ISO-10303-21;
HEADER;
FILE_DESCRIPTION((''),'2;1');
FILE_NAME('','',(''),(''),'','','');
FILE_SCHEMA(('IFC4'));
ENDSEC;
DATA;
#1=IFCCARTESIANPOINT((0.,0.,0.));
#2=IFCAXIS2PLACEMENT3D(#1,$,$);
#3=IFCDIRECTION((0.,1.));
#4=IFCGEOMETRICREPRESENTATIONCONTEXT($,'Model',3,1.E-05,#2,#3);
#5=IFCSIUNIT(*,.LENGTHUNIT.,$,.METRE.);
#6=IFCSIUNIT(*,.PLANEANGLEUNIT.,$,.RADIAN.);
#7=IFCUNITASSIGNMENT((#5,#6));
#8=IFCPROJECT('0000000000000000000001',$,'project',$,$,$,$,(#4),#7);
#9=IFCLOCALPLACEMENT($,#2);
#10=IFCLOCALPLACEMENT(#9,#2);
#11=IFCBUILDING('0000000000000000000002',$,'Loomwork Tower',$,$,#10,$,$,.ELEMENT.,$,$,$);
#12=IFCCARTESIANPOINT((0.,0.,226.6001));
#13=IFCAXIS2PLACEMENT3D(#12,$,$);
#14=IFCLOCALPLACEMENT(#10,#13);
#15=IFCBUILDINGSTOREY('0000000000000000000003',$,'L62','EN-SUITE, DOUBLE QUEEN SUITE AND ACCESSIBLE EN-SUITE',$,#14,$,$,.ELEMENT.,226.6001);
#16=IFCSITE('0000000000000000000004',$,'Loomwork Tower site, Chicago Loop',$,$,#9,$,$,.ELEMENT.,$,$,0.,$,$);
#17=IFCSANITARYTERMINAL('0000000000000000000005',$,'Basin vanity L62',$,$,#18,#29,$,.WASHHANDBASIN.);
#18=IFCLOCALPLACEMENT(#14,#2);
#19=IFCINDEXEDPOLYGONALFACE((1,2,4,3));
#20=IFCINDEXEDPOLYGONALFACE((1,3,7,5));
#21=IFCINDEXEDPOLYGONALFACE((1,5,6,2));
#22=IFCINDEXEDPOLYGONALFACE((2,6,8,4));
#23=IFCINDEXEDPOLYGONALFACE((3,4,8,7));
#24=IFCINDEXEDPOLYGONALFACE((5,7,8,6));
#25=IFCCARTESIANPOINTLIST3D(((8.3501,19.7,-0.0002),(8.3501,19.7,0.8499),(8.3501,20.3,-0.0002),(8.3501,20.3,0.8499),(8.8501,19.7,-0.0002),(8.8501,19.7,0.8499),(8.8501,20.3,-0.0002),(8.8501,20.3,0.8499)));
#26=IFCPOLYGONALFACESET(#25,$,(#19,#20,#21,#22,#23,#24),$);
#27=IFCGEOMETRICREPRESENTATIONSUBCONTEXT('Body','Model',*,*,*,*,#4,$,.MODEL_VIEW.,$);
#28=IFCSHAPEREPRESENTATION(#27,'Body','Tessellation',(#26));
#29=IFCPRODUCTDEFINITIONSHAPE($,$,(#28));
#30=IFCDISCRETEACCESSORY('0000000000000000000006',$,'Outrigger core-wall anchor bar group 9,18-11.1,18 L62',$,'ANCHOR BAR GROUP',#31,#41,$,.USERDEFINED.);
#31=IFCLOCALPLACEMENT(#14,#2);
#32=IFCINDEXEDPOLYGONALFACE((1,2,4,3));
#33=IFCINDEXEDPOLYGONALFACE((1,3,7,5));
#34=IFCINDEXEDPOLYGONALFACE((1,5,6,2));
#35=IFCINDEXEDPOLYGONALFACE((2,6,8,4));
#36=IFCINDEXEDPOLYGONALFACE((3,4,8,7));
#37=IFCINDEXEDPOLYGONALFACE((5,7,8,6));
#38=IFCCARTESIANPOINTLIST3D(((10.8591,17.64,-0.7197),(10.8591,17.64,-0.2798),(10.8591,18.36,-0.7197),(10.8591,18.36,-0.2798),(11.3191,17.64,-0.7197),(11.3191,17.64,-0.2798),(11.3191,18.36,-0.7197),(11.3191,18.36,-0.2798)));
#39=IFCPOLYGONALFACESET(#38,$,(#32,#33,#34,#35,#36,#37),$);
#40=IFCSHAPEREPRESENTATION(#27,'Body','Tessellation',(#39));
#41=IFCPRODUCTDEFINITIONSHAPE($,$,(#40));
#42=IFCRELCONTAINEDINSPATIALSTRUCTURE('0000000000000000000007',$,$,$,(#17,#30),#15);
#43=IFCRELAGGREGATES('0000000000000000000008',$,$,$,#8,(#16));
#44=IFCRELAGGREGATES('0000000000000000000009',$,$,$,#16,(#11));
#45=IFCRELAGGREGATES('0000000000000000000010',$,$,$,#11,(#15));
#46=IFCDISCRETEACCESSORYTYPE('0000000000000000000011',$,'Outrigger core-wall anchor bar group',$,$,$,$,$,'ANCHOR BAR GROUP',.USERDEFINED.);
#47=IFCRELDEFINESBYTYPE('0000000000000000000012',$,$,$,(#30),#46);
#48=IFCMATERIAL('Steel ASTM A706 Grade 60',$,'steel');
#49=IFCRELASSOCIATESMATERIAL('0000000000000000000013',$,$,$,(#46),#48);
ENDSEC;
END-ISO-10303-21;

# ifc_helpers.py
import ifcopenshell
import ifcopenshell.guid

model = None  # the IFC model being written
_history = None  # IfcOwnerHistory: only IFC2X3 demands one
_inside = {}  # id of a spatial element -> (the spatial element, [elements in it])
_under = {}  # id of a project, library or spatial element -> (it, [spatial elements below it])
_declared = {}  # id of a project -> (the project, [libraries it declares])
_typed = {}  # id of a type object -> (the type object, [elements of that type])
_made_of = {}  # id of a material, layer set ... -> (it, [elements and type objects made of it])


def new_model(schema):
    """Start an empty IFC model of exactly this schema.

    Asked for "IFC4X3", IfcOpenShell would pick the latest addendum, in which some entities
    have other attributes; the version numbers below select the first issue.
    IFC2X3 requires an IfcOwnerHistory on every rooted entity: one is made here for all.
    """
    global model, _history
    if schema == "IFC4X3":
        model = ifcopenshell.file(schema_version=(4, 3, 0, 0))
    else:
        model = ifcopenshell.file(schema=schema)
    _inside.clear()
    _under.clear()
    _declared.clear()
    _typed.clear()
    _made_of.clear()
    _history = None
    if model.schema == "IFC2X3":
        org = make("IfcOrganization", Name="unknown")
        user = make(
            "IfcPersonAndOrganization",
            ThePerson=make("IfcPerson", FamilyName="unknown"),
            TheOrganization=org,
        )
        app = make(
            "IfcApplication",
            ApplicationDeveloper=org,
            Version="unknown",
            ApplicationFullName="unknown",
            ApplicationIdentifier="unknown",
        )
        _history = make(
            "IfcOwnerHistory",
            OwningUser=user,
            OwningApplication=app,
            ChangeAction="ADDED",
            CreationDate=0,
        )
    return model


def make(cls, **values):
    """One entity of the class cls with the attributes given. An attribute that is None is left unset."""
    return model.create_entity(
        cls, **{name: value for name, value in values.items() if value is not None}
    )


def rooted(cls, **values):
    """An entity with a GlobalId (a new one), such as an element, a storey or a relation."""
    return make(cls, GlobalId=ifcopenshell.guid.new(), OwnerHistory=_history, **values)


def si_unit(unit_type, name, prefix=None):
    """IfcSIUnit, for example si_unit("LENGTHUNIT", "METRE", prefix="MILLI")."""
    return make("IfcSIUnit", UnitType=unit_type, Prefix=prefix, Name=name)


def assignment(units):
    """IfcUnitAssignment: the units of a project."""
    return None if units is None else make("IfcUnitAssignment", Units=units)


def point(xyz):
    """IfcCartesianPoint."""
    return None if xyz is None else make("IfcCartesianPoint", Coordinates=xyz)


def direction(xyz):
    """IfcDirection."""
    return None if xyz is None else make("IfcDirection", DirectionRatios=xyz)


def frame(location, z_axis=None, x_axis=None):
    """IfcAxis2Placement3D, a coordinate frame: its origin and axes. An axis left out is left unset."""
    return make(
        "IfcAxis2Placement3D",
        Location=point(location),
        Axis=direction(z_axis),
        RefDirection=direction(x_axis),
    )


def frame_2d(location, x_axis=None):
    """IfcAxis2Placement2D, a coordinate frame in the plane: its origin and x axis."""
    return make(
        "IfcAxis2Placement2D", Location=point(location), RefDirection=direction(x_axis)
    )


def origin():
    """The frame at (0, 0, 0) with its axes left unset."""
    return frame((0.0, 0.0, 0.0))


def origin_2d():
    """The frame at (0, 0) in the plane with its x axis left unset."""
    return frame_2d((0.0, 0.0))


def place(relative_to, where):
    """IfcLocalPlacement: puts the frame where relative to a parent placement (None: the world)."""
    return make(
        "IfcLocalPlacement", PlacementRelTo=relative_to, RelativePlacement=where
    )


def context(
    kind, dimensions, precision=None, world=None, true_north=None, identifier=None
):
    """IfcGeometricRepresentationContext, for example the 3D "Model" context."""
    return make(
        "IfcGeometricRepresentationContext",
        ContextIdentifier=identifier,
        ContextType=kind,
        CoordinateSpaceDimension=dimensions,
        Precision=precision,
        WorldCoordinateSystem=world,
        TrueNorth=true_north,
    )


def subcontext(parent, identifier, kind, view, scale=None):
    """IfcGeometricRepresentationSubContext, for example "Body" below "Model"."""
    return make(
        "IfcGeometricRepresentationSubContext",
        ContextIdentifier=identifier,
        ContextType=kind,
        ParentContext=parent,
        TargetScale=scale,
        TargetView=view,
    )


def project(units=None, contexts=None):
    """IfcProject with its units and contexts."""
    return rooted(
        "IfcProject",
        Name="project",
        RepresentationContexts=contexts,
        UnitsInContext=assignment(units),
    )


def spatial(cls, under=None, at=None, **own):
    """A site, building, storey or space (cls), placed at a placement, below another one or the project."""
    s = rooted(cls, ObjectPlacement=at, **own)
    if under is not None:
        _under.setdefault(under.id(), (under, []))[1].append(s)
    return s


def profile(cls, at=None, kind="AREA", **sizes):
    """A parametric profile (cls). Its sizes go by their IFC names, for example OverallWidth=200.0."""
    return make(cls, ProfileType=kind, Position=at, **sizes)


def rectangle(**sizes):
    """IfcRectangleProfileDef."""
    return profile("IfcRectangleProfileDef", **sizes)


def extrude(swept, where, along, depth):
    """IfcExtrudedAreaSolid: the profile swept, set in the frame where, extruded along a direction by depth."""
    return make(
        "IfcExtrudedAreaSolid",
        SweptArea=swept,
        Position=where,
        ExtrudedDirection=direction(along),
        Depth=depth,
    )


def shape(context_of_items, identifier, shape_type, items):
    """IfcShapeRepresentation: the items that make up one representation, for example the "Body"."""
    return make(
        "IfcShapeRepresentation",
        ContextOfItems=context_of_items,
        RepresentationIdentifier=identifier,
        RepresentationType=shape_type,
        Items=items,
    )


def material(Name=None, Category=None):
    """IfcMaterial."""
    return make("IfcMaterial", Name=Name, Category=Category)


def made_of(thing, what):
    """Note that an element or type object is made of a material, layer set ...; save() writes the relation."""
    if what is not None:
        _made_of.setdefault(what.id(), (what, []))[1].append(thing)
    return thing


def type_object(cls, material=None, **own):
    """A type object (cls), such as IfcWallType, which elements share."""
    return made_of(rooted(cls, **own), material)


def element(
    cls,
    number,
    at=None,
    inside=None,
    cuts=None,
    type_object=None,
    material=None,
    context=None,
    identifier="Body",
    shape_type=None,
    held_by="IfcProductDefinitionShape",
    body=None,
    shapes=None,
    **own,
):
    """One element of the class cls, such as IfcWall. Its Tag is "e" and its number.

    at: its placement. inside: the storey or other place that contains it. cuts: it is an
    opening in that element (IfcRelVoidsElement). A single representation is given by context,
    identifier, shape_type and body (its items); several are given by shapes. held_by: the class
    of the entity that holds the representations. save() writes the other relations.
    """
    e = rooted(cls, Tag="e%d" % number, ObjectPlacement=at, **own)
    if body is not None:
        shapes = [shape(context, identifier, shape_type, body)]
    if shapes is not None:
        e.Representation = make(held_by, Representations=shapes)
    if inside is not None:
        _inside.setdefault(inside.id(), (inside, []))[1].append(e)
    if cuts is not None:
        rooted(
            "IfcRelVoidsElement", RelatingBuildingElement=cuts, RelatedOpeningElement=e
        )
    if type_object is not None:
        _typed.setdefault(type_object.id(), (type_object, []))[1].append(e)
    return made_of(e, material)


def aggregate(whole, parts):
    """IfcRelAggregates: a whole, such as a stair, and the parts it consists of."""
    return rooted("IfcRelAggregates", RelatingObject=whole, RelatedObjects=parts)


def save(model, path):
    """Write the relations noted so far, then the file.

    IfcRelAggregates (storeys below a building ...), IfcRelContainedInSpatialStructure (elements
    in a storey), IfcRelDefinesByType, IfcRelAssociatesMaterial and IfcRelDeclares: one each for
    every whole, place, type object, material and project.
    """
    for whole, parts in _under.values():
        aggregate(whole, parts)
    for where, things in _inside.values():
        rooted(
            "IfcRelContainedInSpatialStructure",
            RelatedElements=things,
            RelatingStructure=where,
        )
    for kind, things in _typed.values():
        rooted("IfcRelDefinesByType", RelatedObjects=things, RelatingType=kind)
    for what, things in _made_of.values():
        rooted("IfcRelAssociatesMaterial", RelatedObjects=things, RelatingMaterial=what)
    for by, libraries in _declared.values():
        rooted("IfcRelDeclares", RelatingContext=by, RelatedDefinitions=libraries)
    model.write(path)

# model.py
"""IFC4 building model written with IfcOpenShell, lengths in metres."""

from ifc_helpers import new_model, si_unit, direction, frame, origin, origin_2d, place, context, subcontext, project, spatial, rectangle, extrude, material, type_object, element, save


model = new_model("IFC4")

# Units and contexts
model_context = context("Model", 3, precision=1e-05, world=origin(), true_north=direction((0.0, 1.0)))
body_context = subcontext(model_context, "Body", "Model", "MODEL_VIEW")
ifc_project = project(units=[si_unit("LENGTHUNIT", "METRE"), si_unit("PLANEANGLEUNIT", "RADIAN")], contexts=[model_context])

# Site, building, storey
site_placement = place(None, origin())
site = spatial("IfcSite", under=ifc_project, at=site_placement, Name="Loomwork Tower site, Chicago Loop", CompositionType="ELEMENT", RefElevation=0.0)
building_placement = place(site_placement, origin())
building = spatial("IfcBuilding", under=site, at=building_placement, Name="Loomwork Tower", CompositionType="ELEMENT")
storey_placement = place(building_placement, frame((0.0, 0.0, 226.6001)))
storey = spatial("IfcBuildingStorey", under=building, at=storey_placement, Name="L62", Description="EN-SUITE, DOUBLE QUEEN SUITE AND ACCESSIBLE EN-SUITE", CompositionType="ELEMENT", Elevation=226.6001)

# Sanitary terminal
sanitary_terminal_1_placement = place(storey_placement, frame((8.6001, 20.0, -0.0002), z_axis=(0.0, 0.0, 1.0), x_axis=(1.0, 0.0, 0.0)))
element("IfcSanitaryTerminal", 1, at=sanitary_terminal_1_placement, inside=storey, Name="Basin vanity L62", PredefinedType="WASHHANDBASIN", context=body_context, shape_type="SweptSolid", body=[
    extrude(rectangle(XDim=0.5, YDim=0.6001, at=origin_2d()), origin(), (0.0, 0.0, 1.0), 0.8501),
])

# Discrete accessory
ifc_material_1 = material(Name="Steel ASTM A706 Grade 60", Category="steel")
discrete_accessory_type = type_object("IfcDiscreteAccessoryType", Name="Outrigger core-wall anchor bar group", ElementType="ANCHOR BAR GROUP", PredefinedType="USERDEFINED", material=ifc_material_1)
discrete_accessory_placement = place(storey_placement, frame((11.0891, 18.0, -0.7197), z_axis=(0.0, 0.0, 1.0), x_axis=(1.0, 0.0, 0.0)))
element("IfcDiscreteAccessory", 2, at=discrete_accessory_placement, inside=storey, type_object=discrete_accessory_type, Name="Outrigger core-wall anchor bar group 9,18-11.1,18 L62", ObjectType="ANCHOR BAR GROUP", PredefinedType="USERDEFINED", context=body_context, shape_type="SweptSolid", body=[
    extrude(rectangle(XDim=0.46, YDim=0.72, at=origin_2d()), origin(), (0.0, 0.0, 1.0), 0.4399),
])

save(model, "model.ifc")
